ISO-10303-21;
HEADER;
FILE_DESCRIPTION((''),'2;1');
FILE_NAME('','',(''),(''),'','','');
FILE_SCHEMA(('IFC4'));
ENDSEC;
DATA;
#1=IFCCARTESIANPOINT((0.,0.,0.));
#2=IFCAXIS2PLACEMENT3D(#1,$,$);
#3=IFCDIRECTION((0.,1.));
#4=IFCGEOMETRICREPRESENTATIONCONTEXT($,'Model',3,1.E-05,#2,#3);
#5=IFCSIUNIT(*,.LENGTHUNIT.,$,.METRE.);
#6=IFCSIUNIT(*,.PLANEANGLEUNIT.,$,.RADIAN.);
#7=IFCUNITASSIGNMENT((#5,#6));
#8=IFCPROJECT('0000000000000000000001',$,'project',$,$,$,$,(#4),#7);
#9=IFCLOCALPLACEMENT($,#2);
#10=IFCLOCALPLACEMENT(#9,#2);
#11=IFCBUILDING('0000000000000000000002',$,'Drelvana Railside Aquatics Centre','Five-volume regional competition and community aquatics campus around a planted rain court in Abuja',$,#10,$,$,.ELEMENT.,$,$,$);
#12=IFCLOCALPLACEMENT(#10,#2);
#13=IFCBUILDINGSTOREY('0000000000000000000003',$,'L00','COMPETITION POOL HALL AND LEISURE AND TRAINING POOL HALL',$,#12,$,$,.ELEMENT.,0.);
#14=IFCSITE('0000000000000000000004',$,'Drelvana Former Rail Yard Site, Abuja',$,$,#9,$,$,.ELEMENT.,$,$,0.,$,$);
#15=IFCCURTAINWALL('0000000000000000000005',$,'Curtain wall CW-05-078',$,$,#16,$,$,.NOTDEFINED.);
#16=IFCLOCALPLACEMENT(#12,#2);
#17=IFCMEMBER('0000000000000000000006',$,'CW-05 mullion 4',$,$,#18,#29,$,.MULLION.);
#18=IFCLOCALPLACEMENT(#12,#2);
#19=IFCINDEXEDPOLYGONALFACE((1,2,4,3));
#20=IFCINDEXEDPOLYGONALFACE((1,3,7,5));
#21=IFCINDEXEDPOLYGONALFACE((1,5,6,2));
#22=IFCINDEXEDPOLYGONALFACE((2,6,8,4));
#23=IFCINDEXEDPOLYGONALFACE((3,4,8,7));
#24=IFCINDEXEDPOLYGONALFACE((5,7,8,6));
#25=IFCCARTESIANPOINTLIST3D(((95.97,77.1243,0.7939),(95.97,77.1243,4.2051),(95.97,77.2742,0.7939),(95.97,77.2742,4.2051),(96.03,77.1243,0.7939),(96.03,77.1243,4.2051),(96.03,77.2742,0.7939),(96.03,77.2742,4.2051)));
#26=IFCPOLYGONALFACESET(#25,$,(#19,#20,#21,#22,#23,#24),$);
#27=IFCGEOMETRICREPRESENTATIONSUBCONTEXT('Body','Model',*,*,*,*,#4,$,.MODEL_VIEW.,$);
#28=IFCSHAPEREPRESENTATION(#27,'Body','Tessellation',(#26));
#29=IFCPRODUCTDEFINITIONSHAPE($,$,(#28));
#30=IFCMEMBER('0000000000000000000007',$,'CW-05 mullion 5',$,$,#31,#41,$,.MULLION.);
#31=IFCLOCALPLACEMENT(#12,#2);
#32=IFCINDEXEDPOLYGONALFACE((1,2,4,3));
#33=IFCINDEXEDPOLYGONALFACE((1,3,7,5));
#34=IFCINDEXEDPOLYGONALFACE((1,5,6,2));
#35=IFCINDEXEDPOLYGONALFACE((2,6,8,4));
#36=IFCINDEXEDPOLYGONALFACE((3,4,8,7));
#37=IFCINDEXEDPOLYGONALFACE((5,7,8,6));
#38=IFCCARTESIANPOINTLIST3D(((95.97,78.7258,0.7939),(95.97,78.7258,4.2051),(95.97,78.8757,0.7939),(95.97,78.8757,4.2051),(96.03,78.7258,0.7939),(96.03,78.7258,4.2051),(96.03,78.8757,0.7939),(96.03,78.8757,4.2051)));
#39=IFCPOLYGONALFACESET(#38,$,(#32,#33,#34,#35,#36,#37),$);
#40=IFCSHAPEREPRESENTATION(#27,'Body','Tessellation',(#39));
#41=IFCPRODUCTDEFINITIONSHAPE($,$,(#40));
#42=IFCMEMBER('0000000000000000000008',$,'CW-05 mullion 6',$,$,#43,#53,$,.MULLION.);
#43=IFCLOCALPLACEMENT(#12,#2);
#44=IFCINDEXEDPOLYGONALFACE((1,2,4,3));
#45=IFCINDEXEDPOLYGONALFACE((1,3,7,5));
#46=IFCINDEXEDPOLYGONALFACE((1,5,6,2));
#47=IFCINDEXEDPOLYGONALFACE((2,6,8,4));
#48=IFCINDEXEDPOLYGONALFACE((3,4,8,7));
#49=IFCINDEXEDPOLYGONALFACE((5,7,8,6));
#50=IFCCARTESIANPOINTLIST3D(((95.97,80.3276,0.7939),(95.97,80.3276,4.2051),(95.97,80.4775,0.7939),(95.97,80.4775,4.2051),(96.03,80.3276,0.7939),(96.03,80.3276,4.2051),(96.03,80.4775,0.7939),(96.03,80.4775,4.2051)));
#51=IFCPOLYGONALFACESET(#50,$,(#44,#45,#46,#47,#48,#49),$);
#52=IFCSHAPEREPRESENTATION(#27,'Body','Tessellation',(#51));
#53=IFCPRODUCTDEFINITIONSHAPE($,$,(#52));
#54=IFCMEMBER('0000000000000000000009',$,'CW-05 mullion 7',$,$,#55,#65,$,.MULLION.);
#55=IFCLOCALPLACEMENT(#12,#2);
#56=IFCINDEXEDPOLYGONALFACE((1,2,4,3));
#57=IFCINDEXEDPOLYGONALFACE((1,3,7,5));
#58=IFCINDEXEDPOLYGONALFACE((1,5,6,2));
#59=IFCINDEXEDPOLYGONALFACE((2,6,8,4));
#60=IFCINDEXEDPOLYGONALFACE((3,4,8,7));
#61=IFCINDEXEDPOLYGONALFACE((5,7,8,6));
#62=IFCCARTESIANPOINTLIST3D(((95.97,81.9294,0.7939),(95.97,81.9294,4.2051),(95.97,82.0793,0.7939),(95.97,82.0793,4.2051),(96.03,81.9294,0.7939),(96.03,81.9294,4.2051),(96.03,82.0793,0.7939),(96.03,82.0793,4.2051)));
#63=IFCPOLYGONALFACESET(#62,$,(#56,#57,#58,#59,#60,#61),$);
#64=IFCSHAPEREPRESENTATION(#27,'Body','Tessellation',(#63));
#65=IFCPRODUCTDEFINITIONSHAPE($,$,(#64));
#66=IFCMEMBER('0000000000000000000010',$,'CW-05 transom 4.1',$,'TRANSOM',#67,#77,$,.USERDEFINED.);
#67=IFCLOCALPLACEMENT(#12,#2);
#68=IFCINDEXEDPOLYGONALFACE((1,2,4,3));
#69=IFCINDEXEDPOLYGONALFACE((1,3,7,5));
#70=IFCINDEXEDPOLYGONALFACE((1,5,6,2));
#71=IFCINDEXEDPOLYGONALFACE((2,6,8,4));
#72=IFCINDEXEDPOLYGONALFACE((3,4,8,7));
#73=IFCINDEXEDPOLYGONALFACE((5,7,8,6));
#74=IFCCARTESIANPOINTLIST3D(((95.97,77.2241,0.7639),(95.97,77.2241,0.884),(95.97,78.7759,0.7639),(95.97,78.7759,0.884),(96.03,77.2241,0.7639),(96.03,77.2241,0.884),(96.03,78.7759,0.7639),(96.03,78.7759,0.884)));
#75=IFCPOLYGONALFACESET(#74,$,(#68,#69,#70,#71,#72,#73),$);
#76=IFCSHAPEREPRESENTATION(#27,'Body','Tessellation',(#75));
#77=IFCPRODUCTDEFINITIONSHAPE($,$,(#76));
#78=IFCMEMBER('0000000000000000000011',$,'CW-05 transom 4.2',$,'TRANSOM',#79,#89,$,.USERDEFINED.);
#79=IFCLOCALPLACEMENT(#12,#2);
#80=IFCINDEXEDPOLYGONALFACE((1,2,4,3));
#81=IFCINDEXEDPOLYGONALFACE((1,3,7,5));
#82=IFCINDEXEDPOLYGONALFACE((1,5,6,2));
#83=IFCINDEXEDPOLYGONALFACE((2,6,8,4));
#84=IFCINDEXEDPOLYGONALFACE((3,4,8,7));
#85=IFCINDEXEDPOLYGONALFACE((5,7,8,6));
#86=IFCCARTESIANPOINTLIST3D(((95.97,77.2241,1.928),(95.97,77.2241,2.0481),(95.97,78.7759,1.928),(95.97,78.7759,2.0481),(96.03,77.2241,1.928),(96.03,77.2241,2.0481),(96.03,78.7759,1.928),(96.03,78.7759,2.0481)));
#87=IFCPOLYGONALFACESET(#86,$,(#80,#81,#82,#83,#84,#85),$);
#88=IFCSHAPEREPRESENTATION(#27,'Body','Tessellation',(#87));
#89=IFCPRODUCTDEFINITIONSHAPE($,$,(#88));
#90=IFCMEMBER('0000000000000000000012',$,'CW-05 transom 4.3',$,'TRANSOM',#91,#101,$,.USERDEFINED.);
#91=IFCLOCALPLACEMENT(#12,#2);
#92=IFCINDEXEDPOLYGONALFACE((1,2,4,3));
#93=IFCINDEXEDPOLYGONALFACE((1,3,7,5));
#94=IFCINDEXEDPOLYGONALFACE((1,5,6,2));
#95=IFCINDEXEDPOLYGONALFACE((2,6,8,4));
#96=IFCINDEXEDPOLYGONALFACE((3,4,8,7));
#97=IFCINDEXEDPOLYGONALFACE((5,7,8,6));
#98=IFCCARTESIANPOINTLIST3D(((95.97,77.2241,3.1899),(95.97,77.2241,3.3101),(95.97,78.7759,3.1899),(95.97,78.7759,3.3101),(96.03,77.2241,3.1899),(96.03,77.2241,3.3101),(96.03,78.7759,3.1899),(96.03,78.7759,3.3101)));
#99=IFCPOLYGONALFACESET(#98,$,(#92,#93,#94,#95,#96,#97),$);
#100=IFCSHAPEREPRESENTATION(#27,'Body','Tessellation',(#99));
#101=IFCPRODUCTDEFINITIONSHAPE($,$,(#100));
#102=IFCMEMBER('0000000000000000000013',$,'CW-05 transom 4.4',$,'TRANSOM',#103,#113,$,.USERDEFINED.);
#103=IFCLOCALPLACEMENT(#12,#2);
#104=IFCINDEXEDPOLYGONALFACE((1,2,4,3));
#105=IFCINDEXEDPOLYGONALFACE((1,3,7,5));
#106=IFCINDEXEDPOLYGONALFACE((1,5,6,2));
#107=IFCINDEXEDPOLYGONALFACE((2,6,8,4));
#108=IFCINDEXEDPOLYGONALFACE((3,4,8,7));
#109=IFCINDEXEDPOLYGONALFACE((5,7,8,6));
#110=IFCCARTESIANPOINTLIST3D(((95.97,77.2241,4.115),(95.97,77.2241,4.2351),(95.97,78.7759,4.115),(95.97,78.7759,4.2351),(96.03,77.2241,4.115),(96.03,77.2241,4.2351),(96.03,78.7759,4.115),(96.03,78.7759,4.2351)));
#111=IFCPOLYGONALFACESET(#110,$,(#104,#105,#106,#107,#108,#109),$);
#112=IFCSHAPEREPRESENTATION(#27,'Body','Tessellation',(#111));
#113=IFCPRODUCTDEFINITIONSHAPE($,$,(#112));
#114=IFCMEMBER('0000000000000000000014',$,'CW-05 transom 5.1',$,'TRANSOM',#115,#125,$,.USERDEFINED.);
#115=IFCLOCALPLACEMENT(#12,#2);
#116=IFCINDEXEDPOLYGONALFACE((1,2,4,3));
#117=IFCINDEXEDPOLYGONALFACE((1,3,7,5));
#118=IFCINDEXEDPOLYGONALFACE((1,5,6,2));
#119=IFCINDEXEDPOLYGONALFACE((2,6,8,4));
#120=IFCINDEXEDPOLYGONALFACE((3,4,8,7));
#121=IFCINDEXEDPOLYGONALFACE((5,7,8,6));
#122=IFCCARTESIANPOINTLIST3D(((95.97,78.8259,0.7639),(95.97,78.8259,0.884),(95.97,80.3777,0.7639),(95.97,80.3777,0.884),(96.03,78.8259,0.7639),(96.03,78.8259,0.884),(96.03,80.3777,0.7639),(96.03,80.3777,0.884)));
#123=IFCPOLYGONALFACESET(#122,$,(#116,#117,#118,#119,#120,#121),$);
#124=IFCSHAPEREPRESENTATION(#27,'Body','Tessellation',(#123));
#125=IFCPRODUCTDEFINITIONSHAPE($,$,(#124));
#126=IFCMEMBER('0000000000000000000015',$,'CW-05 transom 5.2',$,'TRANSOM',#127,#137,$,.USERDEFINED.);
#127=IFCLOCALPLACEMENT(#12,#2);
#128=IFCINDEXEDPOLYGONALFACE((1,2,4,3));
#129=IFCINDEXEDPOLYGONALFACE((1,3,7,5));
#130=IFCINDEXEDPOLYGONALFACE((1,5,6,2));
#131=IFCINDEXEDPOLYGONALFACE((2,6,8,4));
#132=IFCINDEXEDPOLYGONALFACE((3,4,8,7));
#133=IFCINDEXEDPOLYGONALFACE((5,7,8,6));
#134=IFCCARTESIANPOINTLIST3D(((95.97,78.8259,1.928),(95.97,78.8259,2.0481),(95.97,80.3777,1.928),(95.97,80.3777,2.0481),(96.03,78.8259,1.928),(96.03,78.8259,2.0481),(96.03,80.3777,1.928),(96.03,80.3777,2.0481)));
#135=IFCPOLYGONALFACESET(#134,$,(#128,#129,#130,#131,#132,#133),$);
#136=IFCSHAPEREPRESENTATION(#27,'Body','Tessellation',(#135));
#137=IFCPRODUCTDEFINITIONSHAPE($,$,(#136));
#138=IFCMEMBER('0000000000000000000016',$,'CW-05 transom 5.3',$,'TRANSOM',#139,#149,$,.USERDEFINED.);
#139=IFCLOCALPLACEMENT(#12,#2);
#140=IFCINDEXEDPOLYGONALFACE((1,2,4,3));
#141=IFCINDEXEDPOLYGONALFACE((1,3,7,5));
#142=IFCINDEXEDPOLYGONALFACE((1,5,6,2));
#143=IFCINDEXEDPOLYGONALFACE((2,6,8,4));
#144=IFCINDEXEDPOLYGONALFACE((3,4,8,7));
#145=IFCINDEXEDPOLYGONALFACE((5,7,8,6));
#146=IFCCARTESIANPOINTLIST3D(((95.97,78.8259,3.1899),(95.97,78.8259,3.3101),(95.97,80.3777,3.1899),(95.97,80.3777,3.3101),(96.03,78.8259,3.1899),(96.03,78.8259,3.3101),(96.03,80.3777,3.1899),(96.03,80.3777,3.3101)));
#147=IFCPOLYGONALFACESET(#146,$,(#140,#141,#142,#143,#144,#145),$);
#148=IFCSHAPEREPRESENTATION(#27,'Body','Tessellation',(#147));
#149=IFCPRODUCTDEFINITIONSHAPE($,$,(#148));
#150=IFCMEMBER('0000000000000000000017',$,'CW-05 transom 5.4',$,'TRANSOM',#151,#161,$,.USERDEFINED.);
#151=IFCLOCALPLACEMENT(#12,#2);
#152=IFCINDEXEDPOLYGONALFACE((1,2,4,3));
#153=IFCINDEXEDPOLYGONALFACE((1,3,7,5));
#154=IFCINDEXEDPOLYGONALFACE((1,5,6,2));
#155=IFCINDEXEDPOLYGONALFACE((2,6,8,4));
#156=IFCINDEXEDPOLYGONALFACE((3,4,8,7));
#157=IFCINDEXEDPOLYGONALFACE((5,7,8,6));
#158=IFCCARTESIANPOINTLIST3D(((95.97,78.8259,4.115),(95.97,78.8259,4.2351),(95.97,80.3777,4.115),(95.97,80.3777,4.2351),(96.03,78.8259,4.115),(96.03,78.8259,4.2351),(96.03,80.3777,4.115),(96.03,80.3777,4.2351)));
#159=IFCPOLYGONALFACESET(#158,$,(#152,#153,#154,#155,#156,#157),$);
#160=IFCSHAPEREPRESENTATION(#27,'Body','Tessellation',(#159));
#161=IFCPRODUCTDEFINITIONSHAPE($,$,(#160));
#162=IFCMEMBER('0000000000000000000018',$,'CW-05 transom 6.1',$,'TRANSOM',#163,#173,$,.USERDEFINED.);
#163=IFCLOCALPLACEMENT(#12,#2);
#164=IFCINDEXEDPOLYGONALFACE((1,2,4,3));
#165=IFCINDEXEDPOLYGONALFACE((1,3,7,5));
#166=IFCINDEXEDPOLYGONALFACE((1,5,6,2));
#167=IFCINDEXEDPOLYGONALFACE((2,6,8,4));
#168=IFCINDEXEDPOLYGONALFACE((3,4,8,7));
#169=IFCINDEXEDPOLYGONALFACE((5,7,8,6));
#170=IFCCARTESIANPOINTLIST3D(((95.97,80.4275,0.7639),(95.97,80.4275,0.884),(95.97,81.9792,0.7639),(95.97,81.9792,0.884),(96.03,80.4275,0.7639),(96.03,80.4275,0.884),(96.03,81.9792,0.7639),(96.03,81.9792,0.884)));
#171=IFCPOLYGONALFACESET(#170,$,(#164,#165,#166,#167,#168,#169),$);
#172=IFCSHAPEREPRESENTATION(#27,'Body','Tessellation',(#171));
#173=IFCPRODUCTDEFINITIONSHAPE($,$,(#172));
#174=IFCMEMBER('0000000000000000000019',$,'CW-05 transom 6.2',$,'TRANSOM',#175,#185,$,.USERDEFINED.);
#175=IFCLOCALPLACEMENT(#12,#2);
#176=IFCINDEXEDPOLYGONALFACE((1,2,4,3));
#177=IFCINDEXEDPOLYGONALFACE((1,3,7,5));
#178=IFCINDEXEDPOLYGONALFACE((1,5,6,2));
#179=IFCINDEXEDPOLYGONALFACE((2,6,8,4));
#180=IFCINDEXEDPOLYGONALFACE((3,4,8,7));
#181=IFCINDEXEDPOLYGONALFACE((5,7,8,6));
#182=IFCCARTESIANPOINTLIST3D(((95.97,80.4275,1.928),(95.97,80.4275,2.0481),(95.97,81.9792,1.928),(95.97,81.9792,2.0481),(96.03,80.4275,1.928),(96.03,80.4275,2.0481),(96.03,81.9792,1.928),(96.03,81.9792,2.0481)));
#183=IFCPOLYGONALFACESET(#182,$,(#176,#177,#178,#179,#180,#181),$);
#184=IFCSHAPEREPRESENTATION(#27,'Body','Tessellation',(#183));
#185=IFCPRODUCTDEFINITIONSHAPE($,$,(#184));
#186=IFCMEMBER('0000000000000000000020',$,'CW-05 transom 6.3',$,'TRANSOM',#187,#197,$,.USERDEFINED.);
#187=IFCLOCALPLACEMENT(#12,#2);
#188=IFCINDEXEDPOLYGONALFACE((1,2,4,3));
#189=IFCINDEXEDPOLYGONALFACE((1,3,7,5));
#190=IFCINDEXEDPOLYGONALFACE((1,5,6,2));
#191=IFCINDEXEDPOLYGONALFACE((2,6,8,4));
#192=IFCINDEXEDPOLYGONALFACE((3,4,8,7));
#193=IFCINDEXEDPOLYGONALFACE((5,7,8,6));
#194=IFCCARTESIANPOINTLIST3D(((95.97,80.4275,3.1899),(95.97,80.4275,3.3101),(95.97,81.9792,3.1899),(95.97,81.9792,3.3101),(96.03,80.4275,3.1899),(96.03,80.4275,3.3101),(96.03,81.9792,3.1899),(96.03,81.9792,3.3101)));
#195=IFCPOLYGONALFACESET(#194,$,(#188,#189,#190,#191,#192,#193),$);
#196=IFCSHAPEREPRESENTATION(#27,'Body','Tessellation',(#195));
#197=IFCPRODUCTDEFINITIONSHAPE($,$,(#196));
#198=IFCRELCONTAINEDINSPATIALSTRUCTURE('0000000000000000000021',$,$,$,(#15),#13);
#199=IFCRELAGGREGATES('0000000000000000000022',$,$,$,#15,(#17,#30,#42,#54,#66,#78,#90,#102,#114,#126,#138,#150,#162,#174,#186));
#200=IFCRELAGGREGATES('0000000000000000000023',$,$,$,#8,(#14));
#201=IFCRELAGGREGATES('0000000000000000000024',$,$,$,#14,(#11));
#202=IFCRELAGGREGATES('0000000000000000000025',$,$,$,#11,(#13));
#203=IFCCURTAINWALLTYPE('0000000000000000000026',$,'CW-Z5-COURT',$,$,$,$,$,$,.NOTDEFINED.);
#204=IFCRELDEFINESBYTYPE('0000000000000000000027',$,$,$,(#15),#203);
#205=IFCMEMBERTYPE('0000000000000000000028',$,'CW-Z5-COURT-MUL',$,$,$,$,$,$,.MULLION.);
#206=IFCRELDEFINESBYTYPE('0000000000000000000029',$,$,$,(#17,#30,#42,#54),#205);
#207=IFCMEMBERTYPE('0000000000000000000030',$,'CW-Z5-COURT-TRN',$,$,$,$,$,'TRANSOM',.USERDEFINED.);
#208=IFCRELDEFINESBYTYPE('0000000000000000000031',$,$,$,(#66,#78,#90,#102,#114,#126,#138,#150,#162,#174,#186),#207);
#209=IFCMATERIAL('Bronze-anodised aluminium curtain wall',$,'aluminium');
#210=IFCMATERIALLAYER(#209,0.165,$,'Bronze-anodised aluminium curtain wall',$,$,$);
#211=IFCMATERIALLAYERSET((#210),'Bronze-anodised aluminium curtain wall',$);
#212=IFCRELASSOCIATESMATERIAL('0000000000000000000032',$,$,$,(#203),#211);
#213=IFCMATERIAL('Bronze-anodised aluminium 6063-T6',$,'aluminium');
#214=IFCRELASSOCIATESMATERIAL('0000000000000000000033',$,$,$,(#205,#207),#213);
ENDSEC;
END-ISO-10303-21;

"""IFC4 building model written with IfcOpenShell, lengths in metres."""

from ifc_helpers import new_model, si_unit, direction, frame, origin, origin_2d, place, context, subcontext, project, spatial, rectangle, extrude, material, layer, layer_set, material_profile, profile_set, type_object, element, aggregate, save


model = new_model("IFC4")

# Units and contexts
model_context = context("Model", 3, precision=1e-05, world=origin(), true_north=direction((0.0, 1.0)))
body_context = subcontext(model_context, "Body", "Model", "MODEL_VIEW")
ifc_project = project(units=[si_unit("LENGTHUNIT", "METRE"), si_unit("PLANEANGLEUNIT", "RADIAN")], contexts=[model_context])

# Site, building, storey
site_placement = place(None, origin())
site = spatial("IfcSite", under=ifc_project, at=site_placement, Name="Drelvana Former Rail Yard Site, Abuja", CompositionType="ELEMENT", RefElevation=0.0)
building_placement = place(site_placement, origin())
building = spatial("IfcBuilding", under=site, at=building_placement, Name="Drelvana Railside Aquatics Centre", Description="Five-volume regional competition and community aquatics campus around a planted rain court in Abuja", CompositionType="ELEMENT")
storey_placement = place(building_placement, origin())
storey = spatial("IfcBuildingStorey", under=building, at=storey_placement, Name="L00", Description="COMPETITION POOL HALL AND LEISURE AND TRAINING POOL HALL", CompositionType="ELEMENT", Elevation=0.0)

# Curtain wall, members
ifc_material_1 = material(Name="Bronze-anodised aluminium curtain wall", Category="aluminium")
ifc_layer_1 = layer(ifc_material_1, 0.165, Name="Bronze-anodised aluminium curtain wall")
ifc_layer_set_1 = layer_set([ifc_layer_1], Name="Bronze-anodised aluminium curtain wall")
curtain_wall_type = type_object("IfcCurtainWallType", Name="CW-Z5-COURT", PredefinedType="NOTDEFINED", material=ifc_layer_set_1)
curtain_wall_placement = place(storey_placement, origin())
curtain_wall = element("IfcCurtainWall", 1, at=curtain_wall_placement, inside=storey, type_object=curtain_wall_type, Name="Curtain wall CW-05-078", PredefinedType="NOTDEFINED")
ifc_material_2 = material(Name="Bronze-anodised aluminium 6063-T6", Category="aluminium")
ifc_material_profile_1 = material_profile(ifc_material_2, rectangle(XDim=0.0601, YDim=0.1499, at=origin_2d()), Name="ALU-M 60x150")
ifc_profile_set_1 = profile_set([ifc_material_profile_1], Name="Bronze-anodised aluminium 6063-T6")
member_type_1 = type_object("IfcMemberType", Name="CW-Z5-COURT-MUL", PredefinedType="MULLION", material=ifc_profile_set_1)
member_1_placement = place(storey_placement, frame((96.0, 77.1992, 0.7939), z_axis=(0.0, 0.0, 1.0), x_axis=(-1.0, 0.0, 0.0)))
member_1 = element("IfcMember", 2, at=member_1_placement, type_object=member_type_1, Name="CW-05 mullion 4", PredefinedType="MULLION", context=body_context, shape_type="SweptSolid", body=[
    extrude(rectangle(XDim=0.0601, YDim=0.1499, at=origin_2d()), origin(), (0.0, 0.0, 1.0), 3.4111),
])
member_2_placement = place(storey_placement, frame((96.0, 78.8008, 0.7939), z_axis=(0.0, 0.0, 1.0), x_axis=(-1.0, 0.0, 0.0)))
member_2 = element("IfcMember", 3, at=member_2_placement, type_object=member_type_1, Name="CW-05 mullion 5", PredefinedType="MULLION", context=body_context, shape_type="SweptSolid", body=[
    extrude(rectangle(XDim=0.0601, YDim=0.1499, at=origin_2d()), origin(), (0.0, 0.0, 1.0), 3.4111),
])
member_3_placement = place(storey_placement, frame((96.0, 80.4026, 0.7939), z_axis=(0.0, 0.0, 1.0), x_axis=(-1.0, 0.0, 0.0)))
member_3 = element("IfcMember", 4, at=member_3_placement, type_object=member_type_1, Name="CW-05 mullion 6", PredefinedType="MULLION", context=body_context, shape_type="SweptSolid", body=[
    extrude(rectangle(XDim=0.0601, YDim=0.1499, at=origin_2d()), origin(), (0.0, 0.0, 1.0), 3.4111),
])
member_4_placement = place(storey_placement, frame((96.0, 82.0044, 0.7939), z_axis=(0.0, 0.0, 1.0), x_axis=(-1.0, 0.0, 0.0)))
member_4 = element("IfcMember", 5, at=member_4_placement, type_object=member_type_1, Name="CW-05 mullion 7", PredefinedType="MULLION", context=body_context, shape_type="SweptSolid", body=[
    extrude(rectangle(XDim=0.0601, YDim=0.1499, at=origin_2d()), origin(), (0.0, 0.0, 1.0), 3.4111),
])
ifc_material_profile_2 = material_profile(ifc_material_2, rectangle(XDim=0.1201, YDim=0.0601, at=origin_2d()), Name="ALU-T 60x120")
ifc_profile_set_2 = profile_set([ifc_material_profile_2], Name="Bronze-anodised aluminium 6063-T6")
member_type_2 = type_object("IfcMemberType", Name="CW-Z5-COURT-TRN", ElementType="TRANSOM", PredefinedType="USERDEFINED", material=ifc_profile_set_2)
member_5_placement = place(storey_placement, frame((96.0, 77.2241, 0.824), z_axis=(0.0, 1.0, 0.0), x_axis=(0.0, 0.0, 1.0)))
member_5 = element("IfcMember", 6, at=member_5_placement, type_object=member_type_2, Name="CW-05 transom 4.1", ObjectType="TRANSOM", PredefinedType="USERDEFINED", context=body_context, shape_type="SweptSolid", body=[
    extrude(rectangle(XDim=0.1201, YDim=0.0601, at=origin_2d()), origin(), (0.0, 0.0, 1.0), 1.5518),
])
member_6_placement = place(storey_placement, frame((96.0, 77.2241, 1.988), z_axis=(0.0, 1.0, 0.0), x_axis=(0.0, 0.0, 1.0)))
member_6 = element("IfcMember", 7, at=member_6_placement, type_object=member_type_2, Name="CW-05 transom 4.2", ObjectType="TRANSOM", PredefinedType="USERDEFINED", context=body_context, shape_type="SweptSolid", body=[
    extrude(rectangle(XDim=0.1201, YDim=0.0601, at=origin_2d()), origin(), (0.0, 0.0, 1.0), 1.5518),
])
member_7_placement = place(storey_placement, frame((96.0, 77.2241, 3.25), z_axis=(0.0, 1.0, 0.0), x_axis=(0.0, 0.0, 1.0)))
member_7 = element("IfcMember", 8, at=member_7_placement, type_object=member_type_2, Name="CW-05 transom 4.3", ObjectType="TRANSOM", PredefinedType="USERDEFINED", context=body_context, shape_type="SweptSolid", body=[
    extrude(rectangle(XDim=0.1201, YDim=0.0601, at=origin_2d()), origin(), (0.0, 0.0, 1.0), 1.5518),
])
member_8_placement = place(storey_placement, frame((96.0, 77.2241, 4.175), z_axis=(0.0, 1.0, 0.0), x_axis=(0.0, 0.0, 1.0)))
member_8 = element("IfcMember", 9, at=member_8_placement, type_object=member_type_2, Name="CW-05 transom 4.4", ObjectType="TRANSOM", PredefinedType="USERDEFINED", context=body_context, shape_type="SweptSolid", body=[
    extrude(rectangle(XDim=0.1201, YDim=0.0601, at=origin_2d()), origin(), (0.0, 0.0, 1.0), 1.5518),
])
member_9_placement = place(storey_placement, frame((96.0, 78.8259, 0.824), z_axis=(0.0, 1.0, 0.0), x_axis=(0.0, 0.0, 1.0)))
member_9 = element("IfcMember", 10, at=member_9_placement, type_object=member_type_2, Name="CW-05 transom 5.1", ObjectType="TRANSOM", PredefinedType="USERDEFINED", context=body_context, shape_type="SweptSolid", body=[
    extrude(rectangle(XDim=0.1201, YDim=0.0601, at=origin_2d()), origin(), (0.0, 0.0, 1.0), 1.5518),
])
member_10_placement = place(storey_placement, frame((96.0, 78.8259, 1.988), z_axis=(0.0, 1.0, 0.0), x_axis=(0.0, 0.0, 1.0)))
member_10 = element("IfcMember", 11, at=member_10_placement, type_object=member_type_2, Name="CW-05 transom 5.2", ObjectType="TRANSOM", PredefinedType="USERDEFINED", context=body_context, shape_type="SweptSolid", body=[
    extrude(rectangle(XDim=0.1201, YDim=0.0601, at=origin_2d()), origin(), (0.0, 0.0, 1.0), 1.5518),
])
member_11_placement = place(storey_placement, frame((96.0, 78.8259, 3.25), z_axis=(0.0, 1.0, 0.0), x_axis=(0.0, 0.0, 1.0)))
member_11 = element("IfcMember", 12, at=member_11_placement, type_object=member_type_2, Name="CW-05 transom 5.3", ObjectType="TRANSOM", PredefinedType="USERDEFINED", context=body_context, shape_type="SweptSolid", body=[
    extrude(rectangle(XDim=0.1201, YDim=0.0601, at=origin_2d()), origin(), (0.0, 0.0, 1.0), 1.5518),
])
member_12_placement = place(storey_placement, frame((96.0, 78.8259, 4.175), z_axis=(0.0, 1.0, 0.0), x_axis=(0.0, 0.0, 1.0)))
member_12 = element("IfcMember", 13, at=member_12_placement, type_object=member_type_2, Name="CW-05 transom 5.4", ObjectType="TRANSOM", PredefinedType="USERDEFINED", context=body_context, shape_type="SweptSolid", body=[
    extrude(rectangle(XDim=0.1201, YDim=0.0601, at=origin_2d()), origin(), (0.0, 0.0, 1.0), 1.5518),
])
member_13_placement = place(storey_placement, frame((96.0, 80.4275, 0.824), z_axis=(0.0, 1.0, 0.0), x_axis=(0.0, 0.0, 1.0)))
member_13 = element("IfcMember", 14, at=member_13_placement, type_object=member_type_2, Name="CW-05 transom 6.1", ObjectType="TRANSOM", PredefinedType="USERDEFINED", context=body_context, shape_type="SweptSolid", body=[
    extrude(rectangle(XDim=0.1201, YDim=0.0601, at=origin_2d()), origin(), (0.0, 0.0, 1.0), 1.5518),
])
member_14_placement = place(storey_placement, frame((96.0, 80.4275, 1.988), z_axis=(0.0, 1.0, 0.0), x_axis=(0.0, 0.0, 1.0)))
member_14 = element("IfcMember", 15, at=member_14_placement, type_object=member_type_2, Name="CW-05 transom 6.2", ObjectType="TRANSOM", PredefinedType="USERDEFINED", context=body_context, shape_type="SweptSolid", body=[
    extrude(rectangle(XDim=0.1201, YDim=0.0601, at=origin_2d()), origin(), (0.0, 0.0, 1.0), 1.5518),
])
member_15_placement = place(storey_placement, frame((96.0, 80.4275, 3.25), z_axis=(0.0, 1.0, 0.0), x_axis=(0.0, 0.0, 1.0)))
member_15 = element("IfcMember", 16, at=member_15_placement, type_object=member_type_2, Name="CW-05 transom 6.3", ObjectType="TRANSOM", PredefinedType="USERDEFINED", context=body_context, shape_type="SweptSolid", body=[
    extrude(rectangle(XDim=0.1201, YDim=0.0601, at=origin_2d()), origin(), (0.0, 0.0, 1.0), 1.5518),
])
aggregate(curtain_wall, [member_1, member_2, member_3, member_4, member_5, member_6, member_7, member_8, member_9, member_10, member_11, member_12, member_13, member_14, member_15])

save(model, "model.ifc")
